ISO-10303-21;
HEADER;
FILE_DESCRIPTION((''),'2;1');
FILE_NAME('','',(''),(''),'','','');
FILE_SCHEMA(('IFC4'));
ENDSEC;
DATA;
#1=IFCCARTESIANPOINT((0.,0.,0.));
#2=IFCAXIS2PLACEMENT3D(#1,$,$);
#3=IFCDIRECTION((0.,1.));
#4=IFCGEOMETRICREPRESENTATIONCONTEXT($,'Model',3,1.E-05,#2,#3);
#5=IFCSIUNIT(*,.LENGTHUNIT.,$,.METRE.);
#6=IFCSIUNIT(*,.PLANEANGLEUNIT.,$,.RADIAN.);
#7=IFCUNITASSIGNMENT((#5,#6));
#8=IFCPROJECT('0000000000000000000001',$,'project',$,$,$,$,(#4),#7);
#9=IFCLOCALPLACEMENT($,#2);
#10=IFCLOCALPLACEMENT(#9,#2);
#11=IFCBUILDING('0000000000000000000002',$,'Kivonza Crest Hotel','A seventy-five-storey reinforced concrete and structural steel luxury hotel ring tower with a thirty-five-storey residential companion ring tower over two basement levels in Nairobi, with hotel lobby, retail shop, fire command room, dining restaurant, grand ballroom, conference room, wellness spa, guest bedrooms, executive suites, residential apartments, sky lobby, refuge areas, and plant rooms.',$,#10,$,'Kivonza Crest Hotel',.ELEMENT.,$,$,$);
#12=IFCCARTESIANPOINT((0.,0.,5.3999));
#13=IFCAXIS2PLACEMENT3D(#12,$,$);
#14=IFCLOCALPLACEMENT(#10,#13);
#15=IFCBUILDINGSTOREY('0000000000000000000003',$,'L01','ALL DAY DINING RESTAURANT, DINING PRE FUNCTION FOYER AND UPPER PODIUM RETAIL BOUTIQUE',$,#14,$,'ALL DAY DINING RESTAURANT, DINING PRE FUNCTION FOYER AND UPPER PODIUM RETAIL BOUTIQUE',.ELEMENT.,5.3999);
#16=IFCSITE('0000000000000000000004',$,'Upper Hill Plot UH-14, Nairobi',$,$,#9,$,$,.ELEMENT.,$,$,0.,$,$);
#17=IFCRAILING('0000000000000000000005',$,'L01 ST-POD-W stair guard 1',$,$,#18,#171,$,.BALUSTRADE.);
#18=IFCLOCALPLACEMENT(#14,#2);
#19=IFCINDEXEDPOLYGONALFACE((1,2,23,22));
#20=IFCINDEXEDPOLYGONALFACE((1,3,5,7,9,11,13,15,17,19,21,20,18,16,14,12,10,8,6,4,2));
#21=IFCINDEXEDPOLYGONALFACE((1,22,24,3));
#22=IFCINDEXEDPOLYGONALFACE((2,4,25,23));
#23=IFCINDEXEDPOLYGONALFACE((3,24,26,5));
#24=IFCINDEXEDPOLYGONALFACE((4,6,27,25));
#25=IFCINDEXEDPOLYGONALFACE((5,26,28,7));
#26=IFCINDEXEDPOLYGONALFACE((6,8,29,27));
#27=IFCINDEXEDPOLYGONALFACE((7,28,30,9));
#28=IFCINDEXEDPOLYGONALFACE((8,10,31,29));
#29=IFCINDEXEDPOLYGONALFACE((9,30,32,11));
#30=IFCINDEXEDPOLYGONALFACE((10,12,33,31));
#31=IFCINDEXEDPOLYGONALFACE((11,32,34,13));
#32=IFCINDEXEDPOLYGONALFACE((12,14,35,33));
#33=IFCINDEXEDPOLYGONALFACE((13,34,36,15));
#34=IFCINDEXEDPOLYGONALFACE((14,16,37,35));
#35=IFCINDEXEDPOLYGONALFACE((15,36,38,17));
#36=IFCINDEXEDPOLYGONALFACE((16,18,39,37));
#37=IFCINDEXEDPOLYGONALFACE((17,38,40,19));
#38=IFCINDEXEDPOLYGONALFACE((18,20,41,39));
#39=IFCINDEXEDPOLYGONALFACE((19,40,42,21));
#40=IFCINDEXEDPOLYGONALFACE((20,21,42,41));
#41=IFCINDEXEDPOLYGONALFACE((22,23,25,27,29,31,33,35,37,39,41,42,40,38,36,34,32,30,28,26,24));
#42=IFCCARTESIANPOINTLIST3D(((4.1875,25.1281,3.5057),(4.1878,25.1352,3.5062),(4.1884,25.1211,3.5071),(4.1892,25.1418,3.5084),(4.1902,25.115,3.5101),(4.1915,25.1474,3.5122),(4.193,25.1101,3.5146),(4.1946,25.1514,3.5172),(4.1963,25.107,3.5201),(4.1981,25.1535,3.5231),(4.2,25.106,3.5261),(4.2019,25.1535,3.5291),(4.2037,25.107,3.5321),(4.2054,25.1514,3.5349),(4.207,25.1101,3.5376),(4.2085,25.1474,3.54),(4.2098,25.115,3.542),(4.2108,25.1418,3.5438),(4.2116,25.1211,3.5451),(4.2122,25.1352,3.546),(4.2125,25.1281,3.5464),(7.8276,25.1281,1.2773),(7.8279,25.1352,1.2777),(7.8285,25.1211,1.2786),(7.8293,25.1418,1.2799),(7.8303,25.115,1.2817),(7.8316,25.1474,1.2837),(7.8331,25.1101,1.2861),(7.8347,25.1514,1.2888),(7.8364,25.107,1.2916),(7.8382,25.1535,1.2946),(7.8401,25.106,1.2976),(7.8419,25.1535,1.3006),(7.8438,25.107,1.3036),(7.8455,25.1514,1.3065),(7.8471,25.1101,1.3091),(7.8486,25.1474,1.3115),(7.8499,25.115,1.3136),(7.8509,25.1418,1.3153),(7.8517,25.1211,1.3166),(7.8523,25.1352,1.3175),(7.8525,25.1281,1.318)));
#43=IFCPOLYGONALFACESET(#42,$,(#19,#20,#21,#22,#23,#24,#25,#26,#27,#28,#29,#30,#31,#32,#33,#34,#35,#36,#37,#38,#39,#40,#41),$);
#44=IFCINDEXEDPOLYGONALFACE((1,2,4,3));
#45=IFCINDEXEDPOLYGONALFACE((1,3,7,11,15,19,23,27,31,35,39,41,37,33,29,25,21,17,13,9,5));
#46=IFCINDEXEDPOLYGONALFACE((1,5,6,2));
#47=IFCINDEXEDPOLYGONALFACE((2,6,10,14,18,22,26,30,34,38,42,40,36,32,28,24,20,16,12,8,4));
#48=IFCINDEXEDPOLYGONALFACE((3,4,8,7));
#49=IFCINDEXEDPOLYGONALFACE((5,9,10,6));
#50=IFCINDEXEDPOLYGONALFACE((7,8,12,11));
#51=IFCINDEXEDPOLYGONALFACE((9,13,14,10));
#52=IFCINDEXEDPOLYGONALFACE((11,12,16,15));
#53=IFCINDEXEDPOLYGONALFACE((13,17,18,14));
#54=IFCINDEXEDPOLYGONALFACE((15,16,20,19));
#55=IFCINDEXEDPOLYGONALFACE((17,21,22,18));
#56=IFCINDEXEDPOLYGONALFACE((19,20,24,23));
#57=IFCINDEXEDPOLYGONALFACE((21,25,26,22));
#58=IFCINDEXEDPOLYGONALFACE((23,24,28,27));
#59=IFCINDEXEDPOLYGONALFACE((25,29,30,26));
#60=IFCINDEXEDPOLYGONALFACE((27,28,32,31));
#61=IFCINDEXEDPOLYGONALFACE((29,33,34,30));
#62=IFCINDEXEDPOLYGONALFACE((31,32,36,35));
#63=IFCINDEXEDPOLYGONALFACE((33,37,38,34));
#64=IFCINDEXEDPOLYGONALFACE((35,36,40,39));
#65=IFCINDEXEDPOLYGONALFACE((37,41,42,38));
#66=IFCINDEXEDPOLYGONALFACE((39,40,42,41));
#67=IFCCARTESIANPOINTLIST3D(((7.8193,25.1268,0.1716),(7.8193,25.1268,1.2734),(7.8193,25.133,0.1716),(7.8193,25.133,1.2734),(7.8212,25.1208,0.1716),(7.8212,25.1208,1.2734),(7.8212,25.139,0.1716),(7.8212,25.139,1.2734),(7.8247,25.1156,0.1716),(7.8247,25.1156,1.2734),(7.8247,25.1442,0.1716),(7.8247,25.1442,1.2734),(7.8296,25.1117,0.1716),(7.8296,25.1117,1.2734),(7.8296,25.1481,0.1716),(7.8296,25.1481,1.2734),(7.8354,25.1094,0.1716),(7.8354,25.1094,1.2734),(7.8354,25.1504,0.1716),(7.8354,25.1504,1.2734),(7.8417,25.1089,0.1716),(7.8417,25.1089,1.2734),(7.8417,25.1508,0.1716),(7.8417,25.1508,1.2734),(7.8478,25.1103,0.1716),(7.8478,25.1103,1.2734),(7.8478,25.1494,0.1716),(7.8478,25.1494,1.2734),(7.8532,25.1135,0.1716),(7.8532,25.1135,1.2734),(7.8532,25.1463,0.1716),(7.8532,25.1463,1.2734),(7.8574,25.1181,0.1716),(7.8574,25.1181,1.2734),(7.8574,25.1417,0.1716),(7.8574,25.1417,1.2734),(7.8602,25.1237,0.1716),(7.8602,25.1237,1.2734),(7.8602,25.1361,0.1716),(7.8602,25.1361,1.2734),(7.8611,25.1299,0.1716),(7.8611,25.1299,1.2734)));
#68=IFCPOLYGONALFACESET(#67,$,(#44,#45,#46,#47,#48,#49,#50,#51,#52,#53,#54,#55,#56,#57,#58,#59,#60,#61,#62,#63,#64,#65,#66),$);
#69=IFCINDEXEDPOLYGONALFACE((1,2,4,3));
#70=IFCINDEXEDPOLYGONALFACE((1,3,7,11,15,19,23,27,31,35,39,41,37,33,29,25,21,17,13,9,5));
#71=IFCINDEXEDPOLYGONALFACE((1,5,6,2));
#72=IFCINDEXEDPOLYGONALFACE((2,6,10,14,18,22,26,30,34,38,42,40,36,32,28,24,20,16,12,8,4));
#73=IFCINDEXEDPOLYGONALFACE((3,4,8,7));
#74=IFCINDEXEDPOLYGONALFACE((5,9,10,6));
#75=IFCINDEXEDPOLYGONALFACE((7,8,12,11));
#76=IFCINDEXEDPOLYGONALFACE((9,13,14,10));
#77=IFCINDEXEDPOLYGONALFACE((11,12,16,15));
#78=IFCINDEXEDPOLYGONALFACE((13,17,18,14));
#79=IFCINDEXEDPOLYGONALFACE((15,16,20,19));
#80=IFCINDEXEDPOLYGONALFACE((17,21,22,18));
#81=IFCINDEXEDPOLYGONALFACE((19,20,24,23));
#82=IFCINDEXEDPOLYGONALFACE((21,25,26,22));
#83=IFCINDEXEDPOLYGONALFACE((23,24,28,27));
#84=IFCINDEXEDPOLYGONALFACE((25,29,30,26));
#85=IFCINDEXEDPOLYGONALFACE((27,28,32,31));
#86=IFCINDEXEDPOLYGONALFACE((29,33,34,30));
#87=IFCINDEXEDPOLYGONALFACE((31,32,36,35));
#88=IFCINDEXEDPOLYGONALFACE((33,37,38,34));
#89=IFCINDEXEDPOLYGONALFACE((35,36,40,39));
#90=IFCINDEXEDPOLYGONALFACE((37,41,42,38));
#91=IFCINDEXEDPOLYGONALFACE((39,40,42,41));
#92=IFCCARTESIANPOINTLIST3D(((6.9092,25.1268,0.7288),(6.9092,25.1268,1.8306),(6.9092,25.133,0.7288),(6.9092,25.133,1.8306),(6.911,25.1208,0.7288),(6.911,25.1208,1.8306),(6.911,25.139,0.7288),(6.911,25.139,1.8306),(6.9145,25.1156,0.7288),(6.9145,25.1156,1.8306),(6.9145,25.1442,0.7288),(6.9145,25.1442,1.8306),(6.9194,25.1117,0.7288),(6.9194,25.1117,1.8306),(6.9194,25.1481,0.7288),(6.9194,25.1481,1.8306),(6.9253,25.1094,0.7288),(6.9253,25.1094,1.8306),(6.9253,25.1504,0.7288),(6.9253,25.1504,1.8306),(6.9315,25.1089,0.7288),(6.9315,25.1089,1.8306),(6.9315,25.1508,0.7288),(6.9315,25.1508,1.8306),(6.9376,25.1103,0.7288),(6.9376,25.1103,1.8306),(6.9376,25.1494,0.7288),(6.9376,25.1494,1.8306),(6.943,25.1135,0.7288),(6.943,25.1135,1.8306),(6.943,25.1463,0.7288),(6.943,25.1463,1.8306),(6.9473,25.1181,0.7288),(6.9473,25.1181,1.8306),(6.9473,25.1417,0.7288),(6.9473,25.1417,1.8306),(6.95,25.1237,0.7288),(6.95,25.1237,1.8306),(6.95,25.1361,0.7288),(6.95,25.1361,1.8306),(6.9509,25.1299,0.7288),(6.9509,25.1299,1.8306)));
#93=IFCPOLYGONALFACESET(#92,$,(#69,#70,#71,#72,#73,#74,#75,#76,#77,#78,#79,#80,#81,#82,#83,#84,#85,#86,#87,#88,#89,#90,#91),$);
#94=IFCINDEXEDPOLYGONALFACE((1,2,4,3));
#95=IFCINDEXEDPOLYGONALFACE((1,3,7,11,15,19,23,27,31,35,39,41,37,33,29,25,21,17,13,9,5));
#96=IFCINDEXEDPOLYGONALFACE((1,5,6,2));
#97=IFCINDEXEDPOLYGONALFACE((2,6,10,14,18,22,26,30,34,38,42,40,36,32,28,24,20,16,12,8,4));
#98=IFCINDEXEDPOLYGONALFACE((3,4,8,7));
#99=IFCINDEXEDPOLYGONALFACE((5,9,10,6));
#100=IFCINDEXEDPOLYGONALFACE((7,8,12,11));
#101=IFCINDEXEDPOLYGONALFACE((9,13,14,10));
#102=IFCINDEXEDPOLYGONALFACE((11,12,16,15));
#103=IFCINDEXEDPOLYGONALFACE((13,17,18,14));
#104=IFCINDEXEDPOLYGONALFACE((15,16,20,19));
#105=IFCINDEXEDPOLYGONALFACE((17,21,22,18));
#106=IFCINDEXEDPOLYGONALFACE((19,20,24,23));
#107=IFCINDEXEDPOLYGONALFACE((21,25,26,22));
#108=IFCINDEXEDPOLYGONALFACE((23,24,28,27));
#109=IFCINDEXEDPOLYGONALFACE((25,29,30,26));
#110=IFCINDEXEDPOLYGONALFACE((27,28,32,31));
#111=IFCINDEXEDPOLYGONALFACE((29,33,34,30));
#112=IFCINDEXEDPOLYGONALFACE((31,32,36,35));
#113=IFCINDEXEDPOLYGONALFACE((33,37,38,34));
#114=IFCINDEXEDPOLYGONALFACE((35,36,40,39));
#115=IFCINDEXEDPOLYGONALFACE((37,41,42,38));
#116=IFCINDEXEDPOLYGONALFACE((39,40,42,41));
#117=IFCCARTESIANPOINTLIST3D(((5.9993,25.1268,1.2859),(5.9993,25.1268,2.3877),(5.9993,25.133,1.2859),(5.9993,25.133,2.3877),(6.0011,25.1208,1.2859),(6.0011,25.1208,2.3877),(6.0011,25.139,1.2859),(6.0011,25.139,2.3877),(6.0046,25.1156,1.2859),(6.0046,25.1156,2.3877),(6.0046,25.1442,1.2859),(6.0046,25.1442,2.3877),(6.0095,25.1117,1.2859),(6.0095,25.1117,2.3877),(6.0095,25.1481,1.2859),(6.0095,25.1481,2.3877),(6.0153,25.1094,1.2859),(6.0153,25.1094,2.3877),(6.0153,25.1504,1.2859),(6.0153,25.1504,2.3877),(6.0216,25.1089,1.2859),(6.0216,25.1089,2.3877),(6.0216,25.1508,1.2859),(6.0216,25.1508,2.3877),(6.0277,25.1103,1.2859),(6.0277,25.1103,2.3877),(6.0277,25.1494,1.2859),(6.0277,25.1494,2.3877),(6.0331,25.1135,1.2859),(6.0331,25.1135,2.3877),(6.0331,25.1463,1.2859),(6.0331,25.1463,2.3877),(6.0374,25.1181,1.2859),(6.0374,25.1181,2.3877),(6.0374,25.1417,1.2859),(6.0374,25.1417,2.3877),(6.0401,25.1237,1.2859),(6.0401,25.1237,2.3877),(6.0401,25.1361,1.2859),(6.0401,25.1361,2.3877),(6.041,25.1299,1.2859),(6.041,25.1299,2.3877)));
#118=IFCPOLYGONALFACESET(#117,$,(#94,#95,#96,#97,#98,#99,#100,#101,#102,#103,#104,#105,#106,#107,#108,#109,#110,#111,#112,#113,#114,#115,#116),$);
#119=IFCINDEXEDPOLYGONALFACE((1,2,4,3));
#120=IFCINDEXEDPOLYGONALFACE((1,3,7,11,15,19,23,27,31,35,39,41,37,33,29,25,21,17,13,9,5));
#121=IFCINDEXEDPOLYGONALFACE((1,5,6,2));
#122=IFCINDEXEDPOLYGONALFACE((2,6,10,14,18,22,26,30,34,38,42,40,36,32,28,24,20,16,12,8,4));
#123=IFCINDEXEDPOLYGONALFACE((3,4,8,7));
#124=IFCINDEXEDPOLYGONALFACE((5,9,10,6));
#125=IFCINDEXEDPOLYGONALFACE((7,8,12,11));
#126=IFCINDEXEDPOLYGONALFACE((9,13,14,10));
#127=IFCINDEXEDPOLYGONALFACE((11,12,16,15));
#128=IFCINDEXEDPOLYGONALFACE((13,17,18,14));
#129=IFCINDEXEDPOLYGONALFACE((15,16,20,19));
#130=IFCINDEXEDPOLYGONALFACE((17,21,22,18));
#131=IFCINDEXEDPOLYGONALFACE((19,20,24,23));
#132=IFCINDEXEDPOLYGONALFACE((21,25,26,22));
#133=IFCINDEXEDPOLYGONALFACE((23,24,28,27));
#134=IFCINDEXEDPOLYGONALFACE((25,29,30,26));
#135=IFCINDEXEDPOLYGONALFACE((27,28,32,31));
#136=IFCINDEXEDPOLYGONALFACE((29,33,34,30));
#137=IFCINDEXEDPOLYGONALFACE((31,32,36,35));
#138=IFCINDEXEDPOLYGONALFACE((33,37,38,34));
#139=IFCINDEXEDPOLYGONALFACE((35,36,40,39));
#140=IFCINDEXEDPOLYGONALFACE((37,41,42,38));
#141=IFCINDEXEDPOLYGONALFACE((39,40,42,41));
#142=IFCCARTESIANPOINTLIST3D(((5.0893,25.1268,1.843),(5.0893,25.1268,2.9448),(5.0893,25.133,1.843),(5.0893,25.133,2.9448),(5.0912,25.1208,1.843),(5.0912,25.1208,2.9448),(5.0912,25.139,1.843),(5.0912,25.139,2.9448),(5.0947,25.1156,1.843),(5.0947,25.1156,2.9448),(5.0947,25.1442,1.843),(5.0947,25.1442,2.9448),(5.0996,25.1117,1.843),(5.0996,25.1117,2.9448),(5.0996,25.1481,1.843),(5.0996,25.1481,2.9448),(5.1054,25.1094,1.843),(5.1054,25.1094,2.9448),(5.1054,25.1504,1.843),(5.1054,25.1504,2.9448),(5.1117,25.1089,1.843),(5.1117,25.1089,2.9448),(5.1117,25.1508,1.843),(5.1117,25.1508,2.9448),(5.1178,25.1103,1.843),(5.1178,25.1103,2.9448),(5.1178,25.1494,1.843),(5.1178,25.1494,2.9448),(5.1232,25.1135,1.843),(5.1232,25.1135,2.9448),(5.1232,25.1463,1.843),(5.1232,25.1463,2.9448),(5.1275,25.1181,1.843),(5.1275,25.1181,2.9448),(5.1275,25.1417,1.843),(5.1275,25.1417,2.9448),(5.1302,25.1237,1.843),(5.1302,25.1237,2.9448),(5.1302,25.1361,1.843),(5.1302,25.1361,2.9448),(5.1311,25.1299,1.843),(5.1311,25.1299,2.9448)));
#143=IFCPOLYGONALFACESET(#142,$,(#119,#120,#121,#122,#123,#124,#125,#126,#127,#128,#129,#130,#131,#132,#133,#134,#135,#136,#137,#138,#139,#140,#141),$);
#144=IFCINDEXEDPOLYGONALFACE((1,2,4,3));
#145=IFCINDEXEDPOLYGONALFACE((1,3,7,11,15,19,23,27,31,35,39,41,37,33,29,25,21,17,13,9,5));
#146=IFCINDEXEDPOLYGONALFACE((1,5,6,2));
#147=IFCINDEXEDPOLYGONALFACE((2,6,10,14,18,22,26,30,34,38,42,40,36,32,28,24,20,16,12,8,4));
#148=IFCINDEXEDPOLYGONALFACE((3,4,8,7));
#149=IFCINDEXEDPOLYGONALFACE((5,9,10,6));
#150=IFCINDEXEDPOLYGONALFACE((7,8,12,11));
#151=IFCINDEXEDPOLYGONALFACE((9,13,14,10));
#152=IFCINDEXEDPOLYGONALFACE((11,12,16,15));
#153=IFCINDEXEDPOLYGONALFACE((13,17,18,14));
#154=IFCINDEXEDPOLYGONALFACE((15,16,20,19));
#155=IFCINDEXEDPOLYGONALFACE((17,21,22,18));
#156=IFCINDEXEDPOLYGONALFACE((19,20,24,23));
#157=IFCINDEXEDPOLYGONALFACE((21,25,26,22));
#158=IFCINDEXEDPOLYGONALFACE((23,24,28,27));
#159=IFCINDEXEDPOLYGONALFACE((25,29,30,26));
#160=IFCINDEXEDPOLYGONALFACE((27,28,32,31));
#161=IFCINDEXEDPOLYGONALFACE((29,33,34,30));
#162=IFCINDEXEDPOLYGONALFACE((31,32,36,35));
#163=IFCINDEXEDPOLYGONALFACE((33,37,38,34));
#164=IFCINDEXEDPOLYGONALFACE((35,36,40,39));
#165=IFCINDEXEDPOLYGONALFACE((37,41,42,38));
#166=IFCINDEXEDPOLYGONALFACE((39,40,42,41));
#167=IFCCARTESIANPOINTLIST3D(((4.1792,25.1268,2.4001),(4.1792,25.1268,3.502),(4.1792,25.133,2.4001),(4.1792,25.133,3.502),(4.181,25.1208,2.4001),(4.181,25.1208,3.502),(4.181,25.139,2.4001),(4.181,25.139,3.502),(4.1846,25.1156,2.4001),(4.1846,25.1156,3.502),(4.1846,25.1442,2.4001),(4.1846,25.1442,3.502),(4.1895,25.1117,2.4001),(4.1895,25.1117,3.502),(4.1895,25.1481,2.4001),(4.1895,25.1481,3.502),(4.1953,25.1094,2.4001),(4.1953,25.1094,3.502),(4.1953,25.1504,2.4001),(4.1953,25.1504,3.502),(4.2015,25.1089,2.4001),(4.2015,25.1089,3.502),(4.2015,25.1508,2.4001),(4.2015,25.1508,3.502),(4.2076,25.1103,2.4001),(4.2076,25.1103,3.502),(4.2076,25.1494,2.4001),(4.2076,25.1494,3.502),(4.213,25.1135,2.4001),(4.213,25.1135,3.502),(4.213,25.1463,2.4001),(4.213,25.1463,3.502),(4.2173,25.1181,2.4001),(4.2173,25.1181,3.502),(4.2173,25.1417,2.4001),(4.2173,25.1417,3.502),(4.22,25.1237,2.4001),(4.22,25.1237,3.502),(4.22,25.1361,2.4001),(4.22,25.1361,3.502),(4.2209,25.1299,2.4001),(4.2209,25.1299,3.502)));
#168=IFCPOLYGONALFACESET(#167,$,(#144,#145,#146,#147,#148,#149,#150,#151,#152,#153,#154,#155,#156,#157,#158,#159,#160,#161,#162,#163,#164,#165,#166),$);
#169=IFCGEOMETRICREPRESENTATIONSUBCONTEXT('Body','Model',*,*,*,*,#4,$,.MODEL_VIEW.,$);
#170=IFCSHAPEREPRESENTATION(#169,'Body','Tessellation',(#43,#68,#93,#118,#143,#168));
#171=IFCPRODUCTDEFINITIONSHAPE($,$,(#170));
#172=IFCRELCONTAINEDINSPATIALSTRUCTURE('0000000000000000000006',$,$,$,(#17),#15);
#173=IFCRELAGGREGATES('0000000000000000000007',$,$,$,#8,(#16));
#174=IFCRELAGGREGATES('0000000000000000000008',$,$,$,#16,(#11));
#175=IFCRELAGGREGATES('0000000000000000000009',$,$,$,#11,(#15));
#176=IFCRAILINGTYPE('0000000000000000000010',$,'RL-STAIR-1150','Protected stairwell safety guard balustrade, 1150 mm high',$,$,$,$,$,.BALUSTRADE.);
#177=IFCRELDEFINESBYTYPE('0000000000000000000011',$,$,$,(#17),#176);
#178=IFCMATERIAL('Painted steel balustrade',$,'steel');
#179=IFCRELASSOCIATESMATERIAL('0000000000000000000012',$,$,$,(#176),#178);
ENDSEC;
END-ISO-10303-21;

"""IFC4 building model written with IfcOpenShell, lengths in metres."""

from ifc_helpers import new_model, si_unit, direction, frame, origin, origin_2d, place, context, subcontext, project, spatial, circle, extrude, material, type_object, element, save


model = new_model("IFC4")

# Units and contexts
model_context = context("Model", 3, precision=1e-05, world=origin(), true_north=direction((0.0, 1.0)))
body_context = subcontext(model_context, "Body", "Model", "MODEL_VIEW")
ifc_project = project(units=[si_unit("LENGTHUNIT", "METRE"), si_unit("PLANEANGLEUNIT", "RADIAN")], contexts=[model_context])

# Site, building, storey
site_placement = place(None, origin())
site = spatial("IfcSite", under=ifc_project, at=site_placement, Name="Upper Hill Plot UH-14, Nairobi", CompositionType="ELEMENT", RefElevation=0.0)
building_placement = place(site_placement, origin())
building = spatial("IfcBuilding", under=site, at=building_placement, Name="Kivonza Crest Hotel", Description="A seventy-five-storey reinforced concrete and structural steel luxury hotel ring tower with a thirty-five-storey residential companion ring tower over two basement levels in Nairobi, with hotel lobby, retail shop, fire command room, dining restaurant, grand ballroom, conference room, wellness spa, guest bedrooms, executive suites, residential apartments, sky lobby, refuge areas, and plant rooms.", LongName="Kivonza Crest Hotel", CompositionType="ELEMENT")
storey_placement = place(building_placement, frame((0.0, 0.0, 5.3999)))
storey = spatial("IfcBuildingStorey", under=building, at=storey_placement, Name="L01", Description="ALL DAY DINING RESTAURANT, DINING PRE FUNCTION FOYER AND UPPER PODIUM RETAIL BOUTIQUE", LongName="ALL DAY DINING RESTAURANT, DINING PRE FUNCTION FOYER AND UPPER PODIUM RETAIL BOUTIQUE", CompositionType="ELEMENT", Elevation=5.3999)

# Railing
ifc_material_1 = material(Name="Painted steel balustrade", Category="steel")
railing_type_1 = type_object("IfcRailingType", Name="RL-STAIR-1150", Description="Protected stairwell safety guard balustrade, 1150 mm high", PredefinedType="BALUSTRADE", material=ifc_material_1)
railing_1_placement = place(storey_placement, frame((7.8401, 25.1299, 0.1716)))
element("IfcRailing", 1, at=railing_1_placement, inside=storey, type_object=railing_type_1, Name="L01 ST-POD-W stair guard 1", PredefinedType="BALUSTRADE", context=body_context, shape_type="SweptSolid", body=[
    extrude(circle(Radius=0.0239, at=origin_2d()), frame((0.0, 0.0, 1.126), z_axis=(-0.852866, 0.0, 0.52213), x_axis=(0.0, -1.0, 0.0)), (0.0, 0.0, 1.0), 4.2681),
    extrude(circle(Radius=0.021, at=origin_2d()), origin(), (0.0, 0.0, 1.0), 1.1018),
    extrude(circle(Radius=0.021, at=origin_2d()), frame((-0.9102, 0.0, 0.5571)), (0.0, 0.0, 1.0), 1.1018),
    extrude(circle(Radius=0.021, at=origin_2d()), frame((-1.8201, 0.0, 1.1143)), (0.0, 0.0, 1.0), 1.1018),
    extrude(circle(Radius=0.021, at=origin_2d()), frame((-2.73, 0.0, 1.6714)), (0.0, 0.0, 1.0), 1.1018),
    extrude(circle(Radius=0.021, at=origin_2d()), frame((-3.6401, 0.0, 2.2285)), (0.0, 0.0, 1.0), 1.1018),
])

save(model, "model.ifc")
